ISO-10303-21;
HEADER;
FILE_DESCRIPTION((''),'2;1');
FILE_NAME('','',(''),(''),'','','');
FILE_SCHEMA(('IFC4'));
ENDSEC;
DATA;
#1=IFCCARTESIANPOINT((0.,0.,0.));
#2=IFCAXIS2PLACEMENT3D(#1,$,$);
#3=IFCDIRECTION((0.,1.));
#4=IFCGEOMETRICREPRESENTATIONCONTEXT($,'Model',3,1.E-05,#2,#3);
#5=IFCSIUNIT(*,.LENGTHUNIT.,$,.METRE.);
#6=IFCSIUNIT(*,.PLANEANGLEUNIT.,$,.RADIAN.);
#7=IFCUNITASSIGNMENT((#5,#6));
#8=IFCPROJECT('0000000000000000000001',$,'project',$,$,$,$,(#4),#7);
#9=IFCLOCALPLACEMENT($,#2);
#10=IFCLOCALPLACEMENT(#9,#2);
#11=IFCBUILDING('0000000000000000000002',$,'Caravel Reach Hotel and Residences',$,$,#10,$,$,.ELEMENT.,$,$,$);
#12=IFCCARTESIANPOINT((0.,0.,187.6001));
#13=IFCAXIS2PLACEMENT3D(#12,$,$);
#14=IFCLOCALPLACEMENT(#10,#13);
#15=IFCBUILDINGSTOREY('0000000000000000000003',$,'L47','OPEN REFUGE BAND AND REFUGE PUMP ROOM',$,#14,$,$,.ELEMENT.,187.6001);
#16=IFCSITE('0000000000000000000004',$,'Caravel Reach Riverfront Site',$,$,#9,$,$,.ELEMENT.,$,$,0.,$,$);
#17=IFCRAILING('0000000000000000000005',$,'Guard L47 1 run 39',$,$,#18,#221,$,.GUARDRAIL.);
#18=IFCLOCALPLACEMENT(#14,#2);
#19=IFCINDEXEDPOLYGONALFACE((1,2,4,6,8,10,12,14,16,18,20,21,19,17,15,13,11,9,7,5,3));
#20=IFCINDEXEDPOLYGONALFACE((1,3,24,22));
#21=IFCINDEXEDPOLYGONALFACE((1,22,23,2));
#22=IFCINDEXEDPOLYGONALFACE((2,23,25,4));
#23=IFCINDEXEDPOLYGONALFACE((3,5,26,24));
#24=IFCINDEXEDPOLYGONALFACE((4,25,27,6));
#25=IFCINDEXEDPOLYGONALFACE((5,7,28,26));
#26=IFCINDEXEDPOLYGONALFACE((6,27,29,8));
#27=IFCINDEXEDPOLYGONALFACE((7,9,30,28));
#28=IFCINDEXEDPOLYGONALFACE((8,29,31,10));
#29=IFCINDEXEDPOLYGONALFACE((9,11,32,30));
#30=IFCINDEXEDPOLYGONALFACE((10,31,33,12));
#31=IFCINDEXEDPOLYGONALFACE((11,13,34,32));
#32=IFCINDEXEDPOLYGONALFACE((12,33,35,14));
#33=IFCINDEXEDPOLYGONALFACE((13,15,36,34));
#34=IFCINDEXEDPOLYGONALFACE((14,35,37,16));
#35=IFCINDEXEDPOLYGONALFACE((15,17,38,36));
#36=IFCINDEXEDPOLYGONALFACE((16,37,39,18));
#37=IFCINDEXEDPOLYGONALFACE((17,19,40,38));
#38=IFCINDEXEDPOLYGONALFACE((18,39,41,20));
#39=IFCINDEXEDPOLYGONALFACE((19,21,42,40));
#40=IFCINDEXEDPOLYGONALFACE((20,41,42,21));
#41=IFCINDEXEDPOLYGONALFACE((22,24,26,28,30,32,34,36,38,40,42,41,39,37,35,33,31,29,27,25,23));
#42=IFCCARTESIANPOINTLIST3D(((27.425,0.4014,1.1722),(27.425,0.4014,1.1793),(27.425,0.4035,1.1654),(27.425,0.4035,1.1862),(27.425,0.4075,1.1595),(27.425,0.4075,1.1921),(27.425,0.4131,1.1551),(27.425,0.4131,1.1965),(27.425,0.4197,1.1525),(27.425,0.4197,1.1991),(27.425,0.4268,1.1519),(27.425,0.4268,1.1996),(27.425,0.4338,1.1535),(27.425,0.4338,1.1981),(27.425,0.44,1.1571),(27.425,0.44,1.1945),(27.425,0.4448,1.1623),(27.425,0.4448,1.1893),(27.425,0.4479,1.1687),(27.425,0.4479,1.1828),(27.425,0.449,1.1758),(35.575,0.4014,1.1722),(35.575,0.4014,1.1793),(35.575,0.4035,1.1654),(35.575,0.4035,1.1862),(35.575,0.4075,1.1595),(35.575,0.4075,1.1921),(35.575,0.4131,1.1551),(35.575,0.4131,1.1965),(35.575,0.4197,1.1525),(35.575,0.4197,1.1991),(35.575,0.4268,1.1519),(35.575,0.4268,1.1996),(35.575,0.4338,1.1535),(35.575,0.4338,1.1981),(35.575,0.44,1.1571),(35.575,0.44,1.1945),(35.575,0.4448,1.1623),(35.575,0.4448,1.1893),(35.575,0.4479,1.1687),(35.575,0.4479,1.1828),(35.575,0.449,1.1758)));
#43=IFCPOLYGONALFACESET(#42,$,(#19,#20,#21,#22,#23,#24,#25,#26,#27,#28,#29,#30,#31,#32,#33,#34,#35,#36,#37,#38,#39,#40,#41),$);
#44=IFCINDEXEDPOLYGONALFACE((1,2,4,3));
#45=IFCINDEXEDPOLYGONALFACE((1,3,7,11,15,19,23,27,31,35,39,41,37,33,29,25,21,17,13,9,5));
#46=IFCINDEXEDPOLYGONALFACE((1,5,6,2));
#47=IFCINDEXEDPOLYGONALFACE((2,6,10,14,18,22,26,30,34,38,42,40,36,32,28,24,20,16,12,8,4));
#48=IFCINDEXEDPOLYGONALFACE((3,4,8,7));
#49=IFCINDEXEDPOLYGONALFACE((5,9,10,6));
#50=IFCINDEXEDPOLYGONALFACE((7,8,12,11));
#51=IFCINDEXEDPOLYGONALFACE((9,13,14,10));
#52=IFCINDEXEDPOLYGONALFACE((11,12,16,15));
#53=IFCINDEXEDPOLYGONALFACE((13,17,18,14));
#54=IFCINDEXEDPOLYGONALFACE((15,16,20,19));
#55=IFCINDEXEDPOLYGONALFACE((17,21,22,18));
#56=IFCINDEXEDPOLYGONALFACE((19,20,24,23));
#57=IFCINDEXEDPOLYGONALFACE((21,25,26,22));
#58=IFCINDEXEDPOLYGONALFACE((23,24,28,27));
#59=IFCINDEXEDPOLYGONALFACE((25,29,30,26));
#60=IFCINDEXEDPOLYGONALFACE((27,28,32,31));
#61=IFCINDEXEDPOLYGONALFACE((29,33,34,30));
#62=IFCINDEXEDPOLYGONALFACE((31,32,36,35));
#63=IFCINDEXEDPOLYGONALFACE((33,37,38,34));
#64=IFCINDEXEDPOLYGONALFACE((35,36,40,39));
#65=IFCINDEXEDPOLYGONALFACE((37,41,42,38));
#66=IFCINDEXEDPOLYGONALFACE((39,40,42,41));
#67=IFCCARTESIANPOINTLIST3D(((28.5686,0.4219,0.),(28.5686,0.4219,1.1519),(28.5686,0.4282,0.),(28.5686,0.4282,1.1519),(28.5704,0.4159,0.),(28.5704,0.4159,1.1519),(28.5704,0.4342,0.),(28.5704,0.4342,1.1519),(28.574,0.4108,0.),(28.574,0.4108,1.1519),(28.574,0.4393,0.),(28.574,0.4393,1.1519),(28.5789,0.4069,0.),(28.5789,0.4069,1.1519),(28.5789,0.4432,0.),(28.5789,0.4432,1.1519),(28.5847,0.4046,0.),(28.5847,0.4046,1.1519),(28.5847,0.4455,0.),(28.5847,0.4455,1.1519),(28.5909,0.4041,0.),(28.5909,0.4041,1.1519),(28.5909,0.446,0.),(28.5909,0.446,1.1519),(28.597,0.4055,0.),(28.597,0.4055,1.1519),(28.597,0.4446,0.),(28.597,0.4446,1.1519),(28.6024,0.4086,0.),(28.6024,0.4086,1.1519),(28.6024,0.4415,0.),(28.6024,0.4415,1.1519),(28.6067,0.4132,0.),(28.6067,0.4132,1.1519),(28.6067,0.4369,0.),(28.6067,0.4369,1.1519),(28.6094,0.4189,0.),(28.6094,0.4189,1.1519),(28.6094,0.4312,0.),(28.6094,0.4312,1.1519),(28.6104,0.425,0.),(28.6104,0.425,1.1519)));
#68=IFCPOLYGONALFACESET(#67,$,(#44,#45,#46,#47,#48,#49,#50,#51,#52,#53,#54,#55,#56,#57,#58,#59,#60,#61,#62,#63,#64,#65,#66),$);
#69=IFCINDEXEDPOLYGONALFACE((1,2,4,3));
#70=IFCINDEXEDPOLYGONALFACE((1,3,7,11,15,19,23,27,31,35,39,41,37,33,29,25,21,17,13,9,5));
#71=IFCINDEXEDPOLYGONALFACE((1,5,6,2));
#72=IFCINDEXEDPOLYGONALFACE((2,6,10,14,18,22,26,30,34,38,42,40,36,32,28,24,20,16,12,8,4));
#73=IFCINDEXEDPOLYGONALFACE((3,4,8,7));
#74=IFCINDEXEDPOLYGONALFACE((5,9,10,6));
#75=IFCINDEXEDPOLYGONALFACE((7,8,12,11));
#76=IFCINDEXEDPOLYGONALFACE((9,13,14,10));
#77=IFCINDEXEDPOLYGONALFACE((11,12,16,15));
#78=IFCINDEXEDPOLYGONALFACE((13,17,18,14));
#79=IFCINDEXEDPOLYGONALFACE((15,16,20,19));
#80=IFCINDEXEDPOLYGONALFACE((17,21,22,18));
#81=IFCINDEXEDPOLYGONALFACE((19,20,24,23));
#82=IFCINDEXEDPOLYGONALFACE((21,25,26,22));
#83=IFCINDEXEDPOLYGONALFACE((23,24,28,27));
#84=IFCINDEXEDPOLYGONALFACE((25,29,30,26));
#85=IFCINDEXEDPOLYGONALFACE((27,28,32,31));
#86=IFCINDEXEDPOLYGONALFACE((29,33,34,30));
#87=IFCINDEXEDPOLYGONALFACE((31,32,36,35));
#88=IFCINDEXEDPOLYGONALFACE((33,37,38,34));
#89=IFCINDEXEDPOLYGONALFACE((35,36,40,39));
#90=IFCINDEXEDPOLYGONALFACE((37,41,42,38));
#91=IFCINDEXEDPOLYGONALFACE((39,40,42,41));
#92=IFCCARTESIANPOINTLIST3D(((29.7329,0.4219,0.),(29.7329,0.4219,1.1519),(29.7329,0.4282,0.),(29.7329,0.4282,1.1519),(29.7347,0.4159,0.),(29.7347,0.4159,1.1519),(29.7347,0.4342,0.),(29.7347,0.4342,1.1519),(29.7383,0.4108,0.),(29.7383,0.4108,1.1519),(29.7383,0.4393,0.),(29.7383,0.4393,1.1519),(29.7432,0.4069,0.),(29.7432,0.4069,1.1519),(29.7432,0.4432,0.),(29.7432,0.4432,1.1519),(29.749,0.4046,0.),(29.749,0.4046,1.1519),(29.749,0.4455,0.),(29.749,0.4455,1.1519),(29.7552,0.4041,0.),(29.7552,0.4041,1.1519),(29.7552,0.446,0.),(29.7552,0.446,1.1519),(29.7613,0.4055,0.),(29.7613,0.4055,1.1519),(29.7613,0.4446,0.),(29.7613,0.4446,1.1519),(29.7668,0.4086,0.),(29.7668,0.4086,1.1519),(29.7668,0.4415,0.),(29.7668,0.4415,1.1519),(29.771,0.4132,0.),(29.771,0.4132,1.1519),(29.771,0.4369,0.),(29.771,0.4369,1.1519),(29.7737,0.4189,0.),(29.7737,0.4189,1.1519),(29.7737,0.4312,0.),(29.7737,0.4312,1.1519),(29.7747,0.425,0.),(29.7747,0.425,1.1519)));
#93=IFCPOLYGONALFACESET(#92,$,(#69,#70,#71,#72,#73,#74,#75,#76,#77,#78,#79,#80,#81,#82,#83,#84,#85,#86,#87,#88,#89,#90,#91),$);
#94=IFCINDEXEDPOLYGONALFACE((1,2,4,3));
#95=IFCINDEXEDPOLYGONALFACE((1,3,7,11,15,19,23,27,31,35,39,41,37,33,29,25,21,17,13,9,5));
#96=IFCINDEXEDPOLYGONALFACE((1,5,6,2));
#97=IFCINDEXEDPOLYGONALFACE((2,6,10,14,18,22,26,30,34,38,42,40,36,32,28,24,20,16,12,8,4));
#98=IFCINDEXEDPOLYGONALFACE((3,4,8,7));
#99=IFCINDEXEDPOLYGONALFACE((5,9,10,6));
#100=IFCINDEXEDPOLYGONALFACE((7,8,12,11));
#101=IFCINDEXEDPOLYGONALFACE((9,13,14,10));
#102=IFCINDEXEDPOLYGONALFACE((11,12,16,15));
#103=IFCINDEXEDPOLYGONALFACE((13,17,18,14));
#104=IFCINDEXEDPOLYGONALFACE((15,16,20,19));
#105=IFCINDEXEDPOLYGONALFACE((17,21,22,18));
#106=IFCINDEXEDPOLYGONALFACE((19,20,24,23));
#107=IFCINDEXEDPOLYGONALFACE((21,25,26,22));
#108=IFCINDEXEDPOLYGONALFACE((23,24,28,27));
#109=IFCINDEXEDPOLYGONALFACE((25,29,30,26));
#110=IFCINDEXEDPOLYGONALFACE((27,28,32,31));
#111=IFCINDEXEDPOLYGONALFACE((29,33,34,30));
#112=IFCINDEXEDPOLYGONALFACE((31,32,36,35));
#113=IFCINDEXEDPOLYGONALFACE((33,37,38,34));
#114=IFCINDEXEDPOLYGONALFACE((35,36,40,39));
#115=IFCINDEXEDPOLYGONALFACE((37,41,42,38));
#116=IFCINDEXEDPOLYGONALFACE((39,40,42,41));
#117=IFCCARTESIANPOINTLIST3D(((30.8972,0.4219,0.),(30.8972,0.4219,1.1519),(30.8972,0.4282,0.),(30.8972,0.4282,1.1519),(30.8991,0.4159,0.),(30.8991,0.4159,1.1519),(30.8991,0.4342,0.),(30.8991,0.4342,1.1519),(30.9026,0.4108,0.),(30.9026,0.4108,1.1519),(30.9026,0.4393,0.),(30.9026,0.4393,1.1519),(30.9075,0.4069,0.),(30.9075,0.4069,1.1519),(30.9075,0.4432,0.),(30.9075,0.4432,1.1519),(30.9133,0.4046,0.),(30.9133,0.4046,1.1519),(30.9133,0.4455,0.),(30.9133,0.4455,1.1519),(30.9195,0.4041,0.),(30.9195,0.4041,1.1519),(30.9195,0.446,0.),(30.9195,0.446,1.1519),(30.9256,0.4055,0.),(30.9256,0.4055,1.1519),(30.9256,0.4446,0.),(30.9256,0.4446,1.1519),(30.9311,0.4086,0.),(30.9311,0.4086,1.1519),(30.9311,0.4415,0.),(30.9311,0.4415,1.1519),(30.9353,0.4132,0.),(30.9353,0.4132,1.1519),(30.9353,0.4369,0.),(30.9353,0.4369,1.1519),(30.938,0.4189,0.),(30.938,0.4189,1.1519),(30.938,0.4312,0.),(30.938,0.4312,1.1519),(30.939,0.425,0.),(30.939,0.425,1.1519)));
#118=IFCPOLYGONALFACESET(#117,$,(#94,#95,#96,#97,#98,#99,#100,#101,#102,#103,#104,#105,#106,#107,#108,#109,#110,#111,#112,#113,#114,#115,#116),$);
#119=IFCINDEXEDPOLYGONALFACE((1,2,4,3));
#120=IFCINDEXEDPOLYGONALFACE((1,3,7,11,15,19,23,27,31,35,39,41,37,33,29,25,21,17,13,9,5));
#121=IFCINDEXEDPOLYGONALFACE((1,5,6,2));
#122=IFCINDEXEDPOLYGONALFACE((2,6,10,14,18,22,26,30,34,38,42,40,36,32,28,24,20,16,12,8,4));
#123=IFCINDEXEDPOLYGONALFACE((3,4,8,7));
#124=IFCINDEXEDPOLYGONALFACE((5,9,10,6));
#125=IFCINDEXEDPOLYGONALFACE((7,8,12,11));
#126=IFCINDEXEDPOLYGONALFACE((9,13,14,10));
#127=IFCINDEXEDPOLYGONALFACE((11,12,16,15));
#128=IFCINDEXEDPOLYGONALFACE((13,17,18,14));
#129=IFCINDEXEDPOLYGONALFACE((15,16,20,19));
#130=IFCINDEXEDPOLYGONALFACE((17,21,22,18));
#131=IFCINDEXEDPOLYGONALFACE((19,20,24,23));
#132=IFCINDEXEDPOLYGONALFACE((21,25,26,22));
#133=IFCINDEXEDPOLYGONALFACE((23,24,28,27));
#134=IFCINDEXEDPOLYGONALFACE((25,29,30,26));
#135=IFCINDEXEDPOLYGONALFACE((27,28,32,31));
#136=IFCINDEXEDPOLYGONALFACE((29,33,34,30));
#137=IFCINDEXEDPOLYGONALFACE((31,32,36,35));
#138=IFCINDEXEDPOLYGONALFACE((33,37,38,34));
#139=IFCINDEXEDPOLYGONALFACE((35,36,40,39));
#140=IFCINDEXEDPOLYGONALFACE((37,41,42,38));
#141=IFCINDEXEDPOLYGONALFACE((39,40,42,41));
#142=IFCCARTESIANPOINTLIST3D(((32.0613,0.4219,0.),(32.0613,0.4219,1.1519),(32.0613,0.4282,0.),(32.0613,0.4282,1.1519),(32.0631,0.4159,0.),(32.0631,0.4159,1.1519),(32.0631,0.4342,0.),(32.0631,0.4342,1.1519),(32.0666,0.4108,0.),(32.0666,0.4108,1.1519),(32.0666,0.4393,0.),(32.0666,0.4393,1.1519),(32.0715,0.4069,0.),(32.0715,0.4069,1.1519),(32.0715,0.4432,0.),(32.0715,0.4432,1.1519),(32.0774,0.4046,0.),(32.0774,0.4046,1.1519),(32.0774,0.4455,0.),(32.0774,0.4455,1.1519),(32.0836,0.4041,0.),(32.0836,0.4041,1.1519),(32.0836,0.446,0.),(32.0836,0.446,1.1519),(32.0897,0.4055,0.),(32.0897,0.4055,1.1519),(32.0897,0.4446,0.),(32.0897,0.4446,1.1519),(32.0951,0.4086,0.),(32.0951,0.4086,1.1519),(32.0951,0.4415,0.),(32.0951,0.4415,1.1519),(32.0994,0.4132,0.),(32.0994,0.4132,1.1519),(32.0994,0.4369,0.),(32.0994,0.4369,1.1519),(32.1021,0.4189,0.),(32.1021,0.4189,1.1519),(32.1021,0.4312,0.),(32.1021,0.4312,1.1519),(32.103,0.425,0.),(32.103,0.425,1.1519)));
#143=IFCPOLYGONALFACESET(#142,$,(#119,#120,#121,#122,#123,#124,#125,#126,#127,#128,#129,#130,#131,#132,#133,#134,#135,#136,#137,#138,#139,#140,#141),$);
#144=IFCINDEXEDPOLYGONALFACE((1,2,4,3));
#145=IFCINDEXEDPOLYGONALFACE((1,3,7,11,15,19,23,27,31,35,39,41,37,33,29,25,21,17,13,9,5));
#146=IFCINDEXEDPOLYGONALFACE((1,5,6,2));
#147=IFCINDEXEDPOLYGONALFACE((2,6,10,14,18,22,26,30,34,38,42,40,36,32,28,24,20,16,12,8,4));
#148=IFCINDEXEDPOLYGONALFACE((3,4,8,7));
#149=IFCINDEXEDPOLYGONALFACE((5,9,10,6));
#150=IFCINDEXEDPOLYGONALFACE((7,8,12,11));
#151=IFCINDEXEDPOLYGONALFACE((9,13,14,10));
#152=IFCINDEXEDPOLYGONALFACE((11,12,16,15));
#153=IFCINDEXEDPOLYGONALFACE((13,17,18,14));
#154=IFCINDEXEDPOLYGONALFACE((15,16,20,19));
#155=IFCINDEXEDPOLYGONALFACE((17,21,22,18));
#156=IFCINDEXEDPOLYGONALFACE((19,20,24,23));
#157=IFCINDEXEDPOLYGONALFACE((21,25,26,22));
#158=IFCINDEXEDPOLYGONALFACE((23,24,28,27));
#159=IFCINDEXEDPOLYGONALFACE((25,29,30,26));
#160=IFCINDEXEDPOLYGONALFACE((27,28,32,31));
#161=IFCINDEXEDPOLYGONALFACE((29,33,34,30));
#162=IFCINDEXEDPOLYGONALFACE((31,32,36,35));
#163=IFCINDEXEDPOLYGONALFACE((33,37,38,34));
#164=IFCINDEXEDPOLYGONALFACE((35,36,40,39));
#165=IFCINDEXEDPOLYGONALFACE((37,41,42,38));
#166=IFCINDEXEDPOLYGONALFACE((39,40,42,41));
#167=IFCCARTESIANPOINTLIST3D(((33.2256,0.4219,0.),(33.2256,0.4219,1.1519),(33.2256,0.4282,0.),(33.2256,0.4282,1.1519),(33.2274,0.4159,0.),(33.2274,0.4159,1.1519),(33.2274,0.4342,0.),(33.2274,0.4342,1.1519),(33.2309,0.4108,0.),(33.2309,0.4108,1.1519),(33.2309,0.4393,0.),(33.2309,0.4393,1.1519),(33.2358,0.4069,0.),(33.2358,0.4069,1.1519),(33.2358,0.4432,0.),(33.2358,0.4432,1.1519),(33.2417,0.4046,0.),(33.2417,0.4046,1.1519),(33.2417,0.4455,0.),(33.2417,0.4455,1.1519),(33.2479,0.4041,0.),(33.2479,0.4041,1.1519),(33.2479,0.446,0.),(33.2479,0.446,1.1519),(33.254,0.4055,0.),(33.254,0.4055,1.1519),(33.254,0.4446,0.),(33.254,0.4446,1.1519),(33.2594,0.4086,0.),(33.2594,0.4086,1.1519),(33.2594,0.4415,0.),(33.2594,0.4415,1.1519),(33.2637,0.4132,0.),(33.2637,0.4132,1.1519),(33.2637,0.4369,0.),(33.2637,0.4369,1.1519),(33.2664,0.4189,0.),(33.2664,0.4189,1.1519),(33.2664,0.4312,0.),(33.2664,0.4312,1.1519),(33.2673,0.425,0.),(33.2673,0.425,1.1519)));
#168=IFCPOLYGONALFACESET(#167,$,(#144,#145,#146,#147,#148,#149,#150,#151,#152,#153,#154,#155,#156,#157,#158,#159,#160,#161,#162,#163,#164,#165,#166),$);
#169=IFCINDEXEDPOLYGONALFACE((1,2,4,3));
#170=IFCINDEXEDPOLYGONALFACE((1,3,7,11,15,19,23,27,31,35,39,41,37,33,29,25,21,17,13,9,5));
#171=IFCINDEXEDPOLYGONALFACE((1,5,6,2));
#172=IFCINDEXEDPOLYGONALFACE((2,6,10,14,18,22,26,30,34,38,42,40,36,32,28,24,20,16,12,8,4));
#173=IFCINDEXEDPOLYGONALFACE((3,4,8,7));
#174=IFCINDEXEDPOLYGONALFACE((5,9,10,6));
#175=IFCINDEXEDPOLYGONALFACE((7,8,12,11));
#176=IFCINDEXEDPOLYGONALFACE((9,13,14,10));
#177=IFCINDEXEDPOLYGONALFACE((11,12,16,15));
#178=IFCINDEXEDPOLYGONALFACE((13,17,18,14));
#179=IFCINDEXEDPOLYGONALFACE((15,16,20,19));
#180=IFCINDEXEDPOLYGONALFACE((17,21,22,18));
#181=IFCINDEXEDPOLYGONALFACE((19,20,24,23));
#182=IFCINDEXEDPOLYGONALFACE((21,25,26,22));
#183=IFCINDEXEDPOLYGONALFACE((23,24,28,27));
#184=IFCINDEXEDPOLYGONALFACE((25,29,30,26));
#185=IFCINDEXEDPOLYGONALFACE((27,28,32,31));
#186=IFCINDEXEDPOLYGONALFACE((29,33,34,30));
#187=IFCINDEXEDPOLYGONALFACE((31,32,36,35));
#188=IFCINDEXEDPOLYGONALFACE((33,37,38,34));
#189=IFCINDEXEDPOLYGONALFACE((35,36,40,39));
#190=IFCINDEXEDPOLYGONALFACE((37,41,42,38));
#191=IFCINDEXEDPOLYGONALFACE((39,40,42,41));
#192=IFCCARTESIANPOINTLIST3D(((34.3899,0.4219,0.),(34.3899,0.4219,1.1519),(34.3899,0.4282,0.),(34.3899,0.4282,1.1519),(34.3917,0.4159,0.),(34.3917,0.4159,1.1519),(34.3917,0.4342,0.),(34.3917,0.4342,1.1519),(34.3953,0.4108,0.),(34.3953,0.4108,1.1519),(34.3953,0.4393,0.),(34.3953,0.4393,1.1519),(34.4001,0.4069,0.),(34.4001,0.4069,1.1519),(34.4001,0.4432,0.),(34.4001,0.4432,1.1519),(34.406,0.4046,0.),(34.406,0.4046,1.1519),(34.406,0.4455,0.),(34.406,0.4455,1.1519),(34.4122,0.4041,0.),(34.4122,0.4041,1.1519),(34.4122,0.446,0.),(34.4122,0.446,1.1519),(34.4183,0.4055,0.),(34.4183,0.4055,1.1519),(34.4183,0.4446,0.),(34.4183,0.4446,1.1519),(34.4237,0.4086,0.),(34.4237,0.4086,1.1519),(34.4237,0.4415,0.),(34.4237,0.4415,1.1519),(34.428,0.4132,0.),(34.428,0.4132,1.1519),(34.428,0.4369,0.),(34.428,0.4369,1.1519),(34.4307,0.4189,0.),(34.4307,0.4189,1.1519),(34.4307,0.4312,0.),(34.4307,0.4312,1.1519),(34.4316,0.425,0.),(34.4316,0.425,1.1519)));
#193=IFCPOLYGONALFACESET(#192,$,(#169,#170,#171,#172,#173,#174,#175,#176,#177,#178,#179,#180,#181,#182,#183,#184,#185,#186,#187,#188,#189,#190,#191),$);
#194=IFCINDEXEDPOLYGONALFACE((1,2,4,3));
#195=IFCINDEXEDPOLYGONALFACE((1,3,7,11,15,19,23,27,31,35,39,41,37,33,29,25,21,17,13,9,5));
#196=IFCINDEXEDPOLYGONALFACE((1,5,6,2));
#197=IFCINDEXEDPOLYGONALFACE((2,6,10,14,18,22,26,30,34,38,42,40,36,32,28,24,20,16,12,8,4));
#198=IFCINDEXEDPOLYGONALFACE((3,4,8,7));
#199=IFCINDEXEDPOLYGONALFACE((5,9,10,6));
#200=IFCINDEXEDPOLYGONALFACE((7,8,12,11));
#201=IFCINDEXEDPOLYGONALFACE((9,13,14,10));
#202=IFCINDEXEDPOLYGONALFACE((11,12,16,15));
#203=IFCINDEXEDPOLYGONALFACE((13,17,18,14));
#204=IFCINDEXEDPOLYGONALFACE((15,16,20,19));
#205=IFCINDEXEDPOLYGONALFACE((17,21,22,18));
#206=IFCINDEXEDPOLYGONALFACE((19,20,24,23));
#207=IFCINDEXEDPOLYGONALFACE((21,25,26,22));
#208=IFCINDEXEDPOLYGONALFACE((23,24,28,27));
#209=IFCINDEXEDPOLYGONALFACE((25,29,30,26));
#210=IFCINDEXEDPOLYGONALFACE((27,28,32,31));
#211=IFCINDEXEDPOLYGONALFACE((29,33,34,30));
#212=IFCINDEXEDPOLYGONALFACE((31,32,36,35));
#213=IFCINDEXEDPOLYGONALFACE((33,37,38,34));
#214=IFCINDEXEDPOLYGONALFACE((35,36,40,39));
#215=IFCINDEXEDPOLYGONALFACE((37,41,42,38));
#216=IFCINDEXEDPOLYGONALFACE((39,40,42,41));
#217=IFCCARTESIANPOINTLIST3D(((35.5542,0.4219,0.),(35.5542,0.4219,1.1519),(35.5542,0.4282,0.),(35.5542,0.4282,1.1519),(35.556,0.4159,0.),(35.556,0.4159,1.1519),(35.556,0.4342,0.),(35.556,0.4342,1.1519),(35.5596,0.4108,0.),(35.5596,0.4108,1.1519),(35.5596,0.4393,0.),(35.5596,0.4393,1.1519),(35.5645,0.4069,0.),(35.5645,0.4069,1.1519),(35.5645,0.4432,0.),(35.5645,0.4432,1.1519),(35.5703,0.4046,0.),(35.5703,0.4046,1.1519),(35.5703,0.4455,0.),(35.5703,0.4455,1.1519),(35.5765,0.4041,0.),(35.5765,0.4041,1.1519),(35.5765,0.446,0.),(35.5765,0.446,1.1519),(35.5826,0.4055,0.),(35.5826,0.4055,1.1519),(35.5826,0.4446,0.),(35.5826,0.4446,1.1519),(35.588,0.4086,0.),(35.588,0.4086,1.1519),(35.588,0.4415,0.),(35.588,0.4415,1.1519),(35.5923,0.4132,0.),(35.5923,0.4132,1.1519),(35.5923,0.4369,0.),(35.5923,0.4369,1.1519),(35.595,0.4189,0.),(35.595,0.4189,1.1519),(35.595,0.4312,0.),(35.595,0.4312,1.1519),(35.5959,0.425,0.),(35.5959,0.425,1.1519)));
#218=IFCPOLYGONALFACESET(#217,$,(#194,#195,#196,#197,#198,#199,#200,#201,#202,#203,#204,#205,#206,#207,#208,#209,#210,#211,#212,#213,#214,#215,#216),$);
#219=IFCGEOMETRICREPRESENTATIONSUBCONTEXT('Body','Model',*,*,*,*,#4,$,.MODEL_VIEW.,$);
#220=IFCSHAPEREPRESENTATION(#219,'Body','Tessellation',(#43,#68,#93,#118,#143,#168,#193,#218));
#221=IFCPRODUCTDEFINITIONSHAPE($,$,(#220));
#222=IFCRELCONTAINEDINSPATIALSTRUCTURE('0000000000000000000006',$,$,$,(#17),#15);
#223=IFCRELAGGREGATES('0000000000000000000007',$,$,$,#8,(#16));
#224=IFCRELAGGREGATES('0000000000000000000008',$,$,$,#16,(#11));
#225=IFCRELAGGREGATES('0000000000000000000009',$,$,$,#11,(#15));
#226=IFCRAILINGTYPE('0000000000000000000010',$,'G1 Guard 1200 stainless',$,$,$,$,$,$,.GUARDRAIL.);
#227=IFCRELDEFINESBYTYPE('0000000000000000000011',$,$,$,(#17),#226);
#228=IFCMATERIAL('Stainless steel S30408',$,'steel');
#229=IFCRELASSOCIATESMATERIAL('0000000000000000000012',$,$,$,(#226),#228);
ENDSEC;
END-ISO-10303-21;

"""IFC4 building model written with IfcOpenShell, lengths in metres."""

from ifc_helpers import new_model, si_unit, direction, frame, origin, origin_2d, place, context, subcontext, project, spatial, circle, extrude, material, type_object, element, save


model = new_model("IFC4")

# Units and contexts
model_context = context("Model", 3, precision=1e-05, world=origin(), true_north=direction((0.0, 1.0)))
body_context = subcontext(model_context, "Body", "Model", "MODEL_VIEW")
ifc_project = project(units=[si_unit("LENGTHUNIT", "METRE"), si_unit("PLANEANGLEUNIT", "RADIAN")], contexts=[model_context])

# Site, building, storey
site_placement = place(None, origin())
site = spatial("IfcSite", under=ifc_project, at=site_placement, Name="Caravel Reach Riverfront Site", CompositionType="ELEMENT", RefElevation=0.0)
building_placement = place(site_placement, origin())
building = spatial("IfcBuilding", under=site, at=building_placement, Name="Caravel Reach Hotel and Residences", CompositionType="ELEMENT")
storey_placement = place(building_placement, frame((0.0, 0.0, 187.6001)))
storey = spatial("IfcBuildingStorey", under=building, at=storey_placement, Name="L47", Description="OPEN REFUGE BAND AND REFUGE PUMP ROOM", CompositionType="ELEMENT", Elevation=187.6001)

# Railing
ifc_material_1 = material(Name="Stainless steel S30408", Category="steel")
railing_type = type_object("IfcRailingType", Name="G1 Guard 1200 stainless", PredefinedType="GUARDRAIL", material=ifc_material_1)
railing_1_placement = place(storey_placement, frame((27.425, 0.425, 0.0)))
element("IfcRailing", 1, at=railing_1_placement, inside=storey, type_object=railing_type, Name="Guard L47 1 run 39", PredefinedType="GUARDRAIL", context=body_context, shape_type="SweptSolid", body=[
    extrude(circle(Radius=0.0239, at=origin_2d()), frame((0.0, 0.0, 1.1758), z_axis=(1.0, 0.0, 0.0), x_axis=(0.0, 1.0, 0.0)), (0.0, 0.0, 1.0), 8.1499),
    extrude(circle(Radius=0.021, at=origin_2d()), frame((1.1643, 0.0, 0.0)), (0.0, 0.0, 1.0), 1.1519),
    extrude(circle(Radius=0.021, at=origin_2d()), frame((2.3286, 0.0, 0.0)), (0.0, 0.0, 1.0), 1.1519),
    extrude(circle(Radius=0.021, at=origin_2d()), frame((3.4929, 0.0, 0.0)), (0.0, 0.0, 1.0), 1.1519),
    extrude(circle(Radius=0.021, at=origin_2d()), frame((4.657, 0.0, 0.0)), (0.0, 0.0, 1.0), 1.1519),
    extrude(circle(Radius=0.021, at=origin_2d()), frame((5.8213, 0.0, 0.0)), (0.0, 0.0, 1.0), 1.1519),
    extrude(circle(Radius=0.021, at=origin_2d()), frame((6.9856, 0.0, 0.0)), (0.0, 0.0, 1.0), 1.1519),
    extrude(circle(Radius=0.021, at=origin_2d()), frame((8.1499, 0.0, 0.0)), (0.0, 0.0, 1.0), 1.1519),
])

save(model, "model.ifc")
